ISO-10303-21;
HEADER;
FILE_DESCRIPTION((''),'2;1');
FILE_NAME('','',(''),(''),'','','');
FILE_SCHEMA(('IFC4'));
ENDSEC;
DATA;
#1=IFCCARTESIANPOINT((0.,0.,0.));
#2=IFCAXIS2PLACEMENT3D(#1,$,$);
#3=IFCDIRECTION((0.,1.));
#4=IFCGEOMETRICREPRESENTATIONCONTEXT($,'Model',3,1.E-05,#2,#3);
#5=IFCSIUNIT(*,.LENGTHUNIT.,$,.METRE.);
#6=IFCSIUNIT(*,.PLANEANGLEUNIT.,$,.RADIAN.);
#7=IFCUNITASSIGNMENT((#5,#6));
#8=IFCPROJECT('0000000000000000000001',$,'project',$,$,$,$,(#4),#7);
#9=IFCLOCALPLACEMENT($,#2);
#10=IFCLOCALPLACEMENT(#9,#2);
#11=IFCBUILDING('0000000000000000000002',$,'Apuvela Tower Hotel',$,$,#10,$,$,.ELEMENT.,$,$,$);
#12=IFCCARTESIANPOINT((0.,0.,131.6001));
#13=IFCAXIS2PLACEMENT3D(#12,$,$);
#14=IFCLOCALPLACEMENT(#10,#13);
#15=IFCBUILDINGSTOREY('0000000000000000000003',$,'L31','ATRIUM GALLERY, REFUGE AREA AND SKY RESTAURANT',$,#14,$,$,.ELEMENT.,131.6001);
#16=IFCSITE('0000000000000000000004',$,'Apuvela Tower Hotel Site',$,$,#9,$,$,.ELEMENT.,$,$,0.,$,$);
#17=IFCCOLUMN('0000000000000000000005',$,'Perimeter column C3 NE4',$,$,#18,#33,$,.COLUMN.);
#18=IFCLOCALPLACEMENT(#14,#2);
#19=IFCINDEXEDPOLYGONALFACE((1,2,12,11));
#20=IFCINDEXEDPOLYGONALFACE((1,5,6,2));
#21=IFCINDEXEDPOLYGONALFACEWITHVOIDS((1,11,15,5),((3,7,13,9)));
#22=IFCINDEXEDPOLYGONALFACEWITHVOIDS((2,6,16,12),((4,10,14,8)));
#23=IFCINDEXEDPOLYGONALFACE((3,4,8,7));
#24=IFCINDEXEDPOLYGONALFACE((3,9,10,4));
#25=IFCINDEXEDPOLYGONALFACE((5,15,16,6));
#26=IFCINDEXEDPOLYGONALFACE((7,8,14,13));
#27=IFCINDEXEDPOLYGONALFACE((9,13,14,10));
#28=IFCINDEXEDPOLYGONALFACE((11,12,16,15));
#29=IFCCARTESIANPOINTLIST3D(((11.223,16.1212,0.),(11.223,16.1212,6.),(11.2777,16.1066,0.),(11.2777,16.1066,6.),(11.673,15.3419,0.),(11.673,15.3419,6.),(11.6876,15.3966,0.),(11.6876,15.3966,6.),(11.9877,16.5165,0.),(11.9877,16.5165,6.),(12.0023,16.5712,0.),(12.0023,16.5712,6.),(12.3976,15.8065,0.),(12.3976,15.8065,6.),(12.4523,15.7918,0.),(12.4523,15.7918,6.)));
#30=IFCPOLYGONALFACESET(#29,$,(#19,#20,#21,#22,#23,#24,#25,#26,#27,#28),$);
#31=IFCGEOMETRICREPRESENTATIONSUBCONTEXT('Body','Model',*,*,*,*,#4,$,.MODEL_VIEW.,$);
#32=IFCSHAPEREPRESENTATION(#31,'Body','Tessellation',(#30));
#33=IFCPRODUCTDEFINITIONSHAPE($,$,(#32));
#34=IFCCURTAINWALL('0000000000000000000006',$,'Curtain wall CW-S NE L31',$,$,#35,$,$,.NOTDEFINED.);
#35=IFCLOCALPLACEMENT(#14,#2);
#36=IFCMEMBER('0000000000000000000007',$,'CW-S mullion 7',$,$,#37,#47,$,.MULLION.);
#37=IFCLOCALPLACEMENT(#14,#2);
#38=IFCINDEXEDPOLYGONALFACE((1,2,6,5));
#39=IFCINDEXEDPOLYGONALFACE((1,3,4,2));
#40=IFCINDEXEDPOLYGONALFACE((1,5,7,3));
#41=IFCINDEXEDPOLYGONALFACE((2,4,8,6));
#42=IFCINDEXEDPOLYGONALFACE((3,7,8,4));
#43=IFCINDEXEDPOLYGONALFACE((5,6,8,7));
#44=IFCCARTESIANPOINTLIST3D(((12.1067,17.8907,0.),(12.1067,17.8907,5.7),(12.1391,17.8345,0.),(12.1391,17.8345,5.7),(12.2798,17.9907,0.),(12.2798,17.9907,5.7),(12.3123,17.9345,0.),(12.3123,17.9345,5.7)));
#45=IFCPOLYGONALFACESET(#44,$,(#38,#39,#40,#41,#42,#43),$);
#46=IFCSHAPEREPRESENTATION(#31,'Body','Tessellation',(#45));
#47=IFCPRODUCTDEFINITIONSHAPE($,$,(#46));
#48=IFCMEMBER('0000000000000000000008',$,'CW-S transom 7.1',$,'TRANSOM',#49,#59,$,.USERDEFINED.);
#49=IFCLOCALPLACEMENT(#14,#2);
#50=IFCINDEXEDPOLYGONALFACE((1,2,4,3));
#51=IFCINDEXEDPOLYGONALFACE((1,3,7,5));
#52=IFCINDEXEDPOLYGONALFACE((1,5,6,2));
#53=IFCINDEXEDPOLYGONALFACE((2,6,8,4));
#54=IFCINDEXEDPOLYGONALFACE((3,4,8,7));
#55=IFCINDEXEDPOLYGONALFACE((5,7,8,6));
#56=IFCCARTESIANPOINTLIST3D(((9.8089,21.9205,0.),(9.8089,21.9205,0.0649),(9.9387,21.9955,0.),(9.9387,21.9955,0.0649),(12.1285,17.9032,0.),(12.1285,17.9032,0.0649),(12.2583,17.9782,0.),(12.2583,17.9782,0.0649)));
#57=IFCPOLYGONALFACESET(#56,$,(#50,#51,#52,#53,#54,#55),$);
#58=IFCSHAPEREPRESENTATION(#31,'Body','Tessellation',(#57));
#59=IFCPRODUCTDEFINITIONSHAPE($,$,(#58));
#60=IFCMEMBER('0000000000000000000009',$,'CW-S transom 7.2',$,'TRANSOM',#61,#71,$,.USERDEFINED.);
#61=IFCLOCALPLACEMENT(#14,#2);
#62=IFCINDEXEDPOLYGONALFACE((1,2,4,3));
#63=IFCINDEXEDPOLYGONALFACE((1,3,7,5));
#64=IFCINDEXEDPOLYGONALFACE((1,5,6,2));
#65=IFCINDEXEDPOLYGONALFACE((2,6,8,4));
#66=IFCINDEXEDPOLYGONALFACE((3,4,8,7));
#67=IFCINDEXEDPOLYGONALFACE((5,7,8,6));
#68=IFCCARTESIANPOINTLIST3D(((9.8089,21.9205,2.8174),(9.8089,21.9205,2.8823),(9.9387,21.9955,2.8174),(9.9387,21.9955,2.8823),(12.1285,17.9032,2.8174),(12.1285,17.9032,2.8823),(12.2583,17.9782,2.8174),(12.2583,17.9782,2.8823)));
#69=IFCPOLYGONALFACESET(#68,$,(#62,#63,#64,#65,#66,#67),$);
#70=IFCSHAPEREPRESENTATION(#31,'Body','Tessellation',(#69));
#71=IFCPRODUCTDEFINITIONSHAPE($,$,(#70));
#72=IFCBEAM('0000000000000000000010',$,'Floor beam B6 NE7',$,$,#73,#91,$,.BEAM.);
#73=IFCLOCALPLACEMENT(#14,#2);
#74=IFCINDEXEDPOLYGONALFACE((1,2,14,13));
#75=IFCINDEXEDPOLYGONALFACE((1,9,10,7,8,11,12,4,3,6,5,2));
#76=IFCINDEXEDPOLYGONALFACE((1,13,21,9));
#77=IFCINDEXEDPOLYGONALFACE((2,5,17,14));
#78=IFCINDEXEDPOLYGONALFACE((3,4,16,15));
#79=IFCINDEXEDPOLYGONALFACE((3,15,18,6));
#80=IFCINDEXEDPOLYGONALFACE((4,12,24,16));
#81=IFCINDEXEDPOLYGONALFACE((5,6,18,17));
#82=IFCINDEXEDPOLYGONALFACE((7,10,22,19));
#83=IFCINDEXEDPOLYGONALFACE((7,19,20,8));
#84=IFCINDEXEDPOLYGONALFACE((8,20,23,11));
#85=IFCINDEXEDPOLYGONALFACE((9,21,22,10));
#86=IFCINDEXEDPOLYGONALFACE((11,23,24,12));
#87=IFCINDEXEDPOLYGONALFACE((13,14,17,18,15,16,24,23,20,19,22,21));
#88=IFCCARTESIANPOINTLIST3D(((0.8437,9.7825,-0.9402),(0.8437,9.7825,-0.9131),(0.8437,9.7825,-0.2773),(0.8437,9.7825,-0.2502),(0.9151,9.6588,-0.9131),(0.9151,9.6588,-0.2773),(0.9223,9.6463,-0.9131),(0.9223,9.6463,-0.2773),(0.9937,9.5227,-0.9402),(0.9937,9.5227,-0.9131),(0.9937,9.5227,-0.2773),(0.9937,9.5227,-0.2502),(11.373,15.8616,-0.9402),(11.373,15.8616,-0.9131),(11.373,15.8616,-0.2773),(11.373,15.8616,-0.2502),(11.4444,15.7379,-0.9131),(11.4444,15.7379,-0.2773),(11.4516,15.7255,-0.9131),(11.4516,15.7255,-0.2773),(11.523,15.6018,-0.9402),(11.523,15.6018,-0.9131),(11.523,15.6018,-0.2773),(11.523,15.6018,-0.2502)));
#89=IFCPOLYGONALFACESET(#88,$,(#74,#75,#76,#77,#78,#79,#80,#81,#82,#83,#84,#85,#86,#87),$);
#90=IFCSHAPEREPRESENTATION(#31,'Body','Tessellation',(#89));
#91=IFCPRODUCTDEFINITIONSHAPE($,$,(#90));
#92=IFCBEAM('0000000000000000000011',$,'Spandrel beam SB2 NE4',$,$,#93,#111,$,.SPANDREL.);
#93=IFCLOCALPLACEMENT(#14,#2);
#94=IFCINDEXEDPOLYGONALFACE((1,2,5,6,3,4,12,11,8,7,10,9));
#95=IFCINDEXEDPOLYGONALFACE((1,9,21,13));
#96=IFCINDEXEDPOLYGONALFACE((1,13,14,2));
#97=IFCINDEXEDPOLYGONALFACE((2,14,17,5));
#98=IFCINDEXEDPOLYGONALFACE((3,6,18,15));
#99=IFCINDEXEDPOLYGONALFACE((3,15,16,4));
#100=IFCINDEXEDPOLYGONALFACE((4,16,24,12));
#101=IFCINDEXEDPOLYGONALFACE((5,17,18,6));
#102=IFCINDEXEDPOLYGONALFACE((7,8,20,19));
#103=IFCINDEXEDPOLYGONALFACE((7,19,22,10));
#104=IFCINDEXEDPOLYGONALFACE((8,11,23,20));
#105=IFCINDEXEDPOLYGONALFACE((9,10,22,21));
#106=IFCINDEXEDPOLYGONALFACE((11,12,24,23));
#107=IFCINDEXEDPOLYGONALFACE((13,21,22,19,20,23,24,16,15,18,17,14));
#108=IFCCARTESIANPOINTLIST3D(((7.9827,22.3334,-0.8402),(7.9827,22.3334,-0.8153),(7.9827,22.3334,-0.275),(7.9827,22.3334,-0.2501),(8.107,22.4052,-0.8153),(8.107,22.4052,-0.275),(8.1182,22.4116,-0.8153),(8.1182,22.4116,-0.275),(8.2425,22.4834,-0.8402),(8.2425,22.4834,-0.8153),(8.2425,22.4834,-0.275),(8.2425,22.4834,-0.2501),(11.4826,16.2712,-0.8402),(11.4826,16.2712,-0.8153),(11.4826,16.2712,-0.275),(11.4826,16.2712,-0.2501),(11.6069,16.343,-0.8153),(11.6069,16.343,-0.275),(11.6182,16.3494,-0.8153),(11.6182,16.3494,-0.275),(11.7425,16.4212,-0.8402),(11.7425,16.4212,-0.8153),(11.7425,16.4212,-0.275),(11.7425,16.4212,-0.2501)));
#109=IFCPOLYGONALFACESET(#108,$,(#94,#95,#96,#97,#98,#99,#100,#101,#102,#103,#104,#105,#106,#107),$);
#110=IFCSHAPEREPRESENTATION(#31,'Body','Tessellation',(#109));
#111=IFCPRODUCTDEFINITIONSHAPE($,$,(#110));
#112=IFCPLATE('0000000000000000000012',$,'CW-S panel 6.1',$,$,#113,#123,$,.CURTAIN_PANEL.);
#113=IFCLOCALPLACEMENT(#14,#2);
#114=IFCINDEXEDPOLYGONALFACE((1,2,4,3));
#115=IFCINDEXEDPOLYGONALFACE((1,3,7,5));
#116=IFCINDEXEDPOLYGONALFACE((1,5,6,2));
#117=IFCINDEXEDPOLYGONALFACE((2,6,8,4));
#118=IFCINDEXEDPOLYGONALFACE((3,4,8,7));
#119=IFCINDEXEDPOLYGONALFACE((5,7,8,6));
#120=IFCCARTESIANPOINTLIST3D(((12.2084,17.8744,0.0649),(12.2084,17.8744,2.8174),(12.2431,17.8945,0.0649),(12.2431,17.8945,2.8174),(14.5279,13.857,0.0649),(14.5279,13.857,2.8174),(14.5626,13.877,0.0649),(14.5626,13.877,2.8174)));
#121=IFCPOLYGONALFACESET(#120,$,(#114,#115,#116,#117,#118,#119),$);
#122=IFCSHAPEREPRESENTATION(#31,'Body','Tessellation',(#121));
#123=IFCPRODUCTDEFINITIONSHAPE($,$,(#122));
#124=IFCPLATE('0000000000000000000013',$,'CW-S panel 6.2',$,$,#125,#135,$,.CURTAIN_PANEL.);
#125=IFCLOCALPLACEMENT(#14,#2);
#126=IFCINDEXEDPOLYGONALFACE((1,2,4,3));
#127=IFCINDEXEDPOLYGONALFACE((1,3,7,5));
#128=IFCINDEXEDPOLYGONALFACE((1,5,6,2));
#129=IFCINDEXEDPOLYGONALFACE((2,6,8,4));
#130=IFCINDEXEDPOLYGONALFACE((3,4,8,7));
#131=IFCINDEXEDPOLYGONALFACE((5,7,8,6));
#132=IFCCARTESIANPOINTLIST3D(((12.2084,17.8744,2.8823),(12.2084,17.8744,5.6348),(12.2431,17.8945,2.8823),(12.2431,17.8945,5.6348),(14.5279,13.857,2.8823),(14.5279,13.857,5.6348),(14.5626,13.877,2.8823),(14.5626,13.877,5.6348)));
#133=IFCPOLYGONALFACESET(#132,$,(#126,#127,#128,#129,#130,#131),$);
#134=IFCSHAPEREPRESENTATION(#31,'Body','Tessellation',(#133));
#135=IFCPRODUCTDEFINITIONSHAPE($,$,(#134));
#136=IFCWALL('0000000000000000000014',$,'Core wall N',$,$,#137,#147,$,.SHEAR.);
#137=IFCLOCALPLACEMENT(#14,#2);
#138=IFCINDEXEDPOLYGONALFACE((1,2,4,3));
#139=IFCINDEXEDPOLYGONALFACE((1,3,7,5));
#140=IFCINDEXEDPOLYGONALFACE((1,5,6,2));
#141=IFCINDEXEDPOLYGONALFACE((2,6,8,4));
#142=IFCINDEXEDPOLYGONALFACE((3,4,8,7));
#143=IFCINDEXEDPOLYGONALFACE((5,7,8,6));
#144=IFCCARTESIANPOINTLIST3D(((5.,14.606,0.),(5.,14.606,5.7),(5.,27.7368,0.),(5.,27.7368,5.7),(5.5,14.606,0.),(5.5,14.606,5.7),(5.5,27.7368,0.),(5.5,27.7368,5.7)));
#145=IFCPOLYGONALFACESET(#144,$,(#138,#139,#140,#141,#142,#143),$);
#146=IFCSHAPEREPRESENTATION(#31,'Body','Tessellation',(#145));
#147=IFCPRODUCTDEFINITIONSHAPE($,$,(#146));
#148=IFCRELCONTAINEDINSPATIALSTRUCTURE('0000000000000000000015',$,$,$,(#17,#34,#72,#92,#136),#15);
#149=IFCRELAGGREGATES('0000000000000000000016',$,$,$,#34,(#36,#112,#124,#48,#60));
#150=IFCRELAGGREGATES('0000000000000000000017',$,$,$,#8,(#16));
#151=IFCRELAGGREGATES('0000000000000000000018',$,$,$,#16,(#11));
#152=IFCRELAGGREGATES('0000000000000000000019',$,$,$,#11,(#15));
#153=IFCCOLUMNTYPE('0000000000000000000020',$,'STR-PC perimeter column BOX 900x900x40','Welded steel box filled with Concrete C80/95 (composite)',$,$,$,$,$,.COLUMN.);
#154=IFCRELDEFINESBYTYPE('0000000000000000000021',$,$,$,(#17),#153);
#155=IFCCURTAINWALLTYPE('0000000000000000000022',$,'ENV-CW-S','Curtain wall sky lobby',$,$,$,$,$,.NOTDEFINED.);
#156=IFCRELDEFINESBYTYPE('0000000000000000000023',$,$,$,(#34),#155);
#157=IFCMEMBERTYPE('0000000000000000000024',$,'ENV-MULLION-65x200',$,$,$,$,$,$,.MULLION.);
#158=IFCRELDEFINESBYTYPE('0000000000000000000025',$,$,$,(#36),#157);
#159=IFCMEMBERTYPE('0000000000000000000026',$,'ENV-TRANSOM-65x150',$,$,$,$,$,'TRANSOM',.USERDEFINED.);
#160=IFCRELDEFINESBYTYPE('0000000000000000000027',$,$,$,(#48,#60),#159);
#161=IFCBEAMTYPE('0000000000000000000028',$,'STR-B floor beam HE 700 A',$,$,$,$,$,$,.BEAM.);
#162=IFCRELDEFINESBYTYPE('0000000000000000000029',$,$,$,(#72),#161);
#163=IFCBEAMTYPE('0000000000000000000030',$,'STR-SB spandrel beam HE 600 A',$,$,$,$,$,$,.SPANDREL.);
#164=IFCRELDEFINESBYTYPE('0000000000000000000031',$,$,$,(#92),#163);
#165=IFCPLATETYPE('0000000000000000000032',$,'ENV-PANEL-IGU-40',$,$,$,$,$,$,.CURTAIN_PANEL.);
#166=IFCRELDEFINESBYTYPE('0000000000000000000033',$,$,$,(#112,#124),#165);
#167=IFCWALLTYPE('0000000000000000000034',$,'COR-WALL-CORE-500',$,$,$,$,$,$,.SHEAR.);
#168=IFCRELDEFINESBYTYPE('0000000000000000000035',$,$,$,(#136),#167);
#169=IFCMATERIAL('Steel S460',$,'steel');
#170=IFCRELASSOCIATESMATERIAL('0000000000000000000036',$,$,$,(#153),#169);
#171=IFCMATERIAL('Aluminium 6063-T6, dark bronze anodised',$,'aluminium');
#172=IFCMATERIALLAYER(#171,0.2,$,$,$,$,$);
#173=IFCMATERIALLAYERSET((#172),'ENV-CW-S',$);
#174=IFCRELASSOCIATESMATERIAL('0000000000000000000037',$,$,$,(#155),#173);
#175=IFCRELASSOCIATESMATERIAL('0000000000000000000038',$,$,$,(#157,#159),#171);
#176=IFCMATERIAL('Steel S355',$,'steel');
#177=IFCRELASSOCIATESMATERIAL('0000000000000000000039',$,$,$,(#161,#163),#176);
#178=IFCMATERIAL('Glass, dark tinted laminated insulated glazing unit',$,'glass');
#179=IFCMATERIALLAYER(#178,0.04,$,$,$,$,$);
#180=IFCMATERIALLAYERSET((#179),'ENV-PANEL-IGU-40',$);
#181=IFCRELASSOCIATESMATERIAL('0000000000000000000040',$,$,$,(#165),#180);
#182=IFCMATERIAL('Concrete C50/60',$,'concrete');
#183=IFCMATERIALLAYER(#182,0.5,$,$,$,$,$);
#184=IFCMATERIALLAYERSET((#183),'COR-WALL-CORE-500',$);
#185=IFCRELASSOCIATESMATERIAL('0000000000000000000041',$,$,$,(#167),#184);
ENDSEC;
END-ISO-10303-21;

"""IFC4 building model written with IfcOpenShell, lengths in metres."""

from ifc_helpers import new_model, si_unit, direction, frame, frame_2d, origin, origin_2d, place, context, subcontext, project, spatial, rectangle, hollow_rectangle, i_section, extrude, material, layer, layer_set, material_profile, profile_set, type_object, element, aggregate, save


model = new_model("IFC4")

# Units and contexts
model_context = context("Model", 3, precision=1e-05, world=origin(), true_north=direction((0.0, 1.0)))
body_context = subcontext(model_context, "Body", "Model", "MODEL_VIEW")
ifc_project = project(units=[si_unit("LENGTHUNIT", "METRE"), si_unit("PLANEANGLEUNIT", "RADIAN")], contexts=[model_context])

# Site, building, storey
site_placement = place(None, origin())
site = spatial("IfcSite", under=ifc_project, at=site_placement, Name="Apuvela Tower Hotel Site", CompositionType="ELEMENT", RefElevation=0.0)
building_placement = place(site_placement, origin())
building = spatial("IfcBuilding", under=site, at=building_placement, Name="Apuvela Tower Hotel", CompositionType="ELEMENT")
storey_placement = place(building_placement, frame((0.0, 0.0, 131.6001)))
storey = spatial("IfcBuildingStorey", under=building, at=storey_placement, Name="L31", Description="ATRIUM GALLERY, REFUGE AREA AND SKY RESTAURANT", CompositionType="ELEMENT", Elevation=131.6001)

# Column
ifc_material_1 = material(Name="Steel S460", Category="steel")
ifc_material_profile_1 = material_profile(ifc_material_1, hollow_rectangle(XDim=0.8999, YDim=0.8999, WallThickness=0.04, at=origin_2d()), Name="BOX 900x900x40")
ifc_material_2 = material(Name="Concrete C80/95", Category="concrete")
ifc_material_profile_2 = material_profile(ifc_material_2, rectangle(XDim=0.8201, YDim=0.8201, at=origin_2d()), Name="Concrete C80/95 infill")
ifc_profile_set_1 = profile_set([ifc_material_profile_1, ifc_material_profile_2], Name="Steel S460")
column_type = type_object("IfcColumnType", Name="STR-PC perimeter column BOX 900x900x40", Description="Welded steel box filled with Concrete C80/95 (composite)", PredefinedType="COLUMN", material=ifc_profile_set_1)
column_placement = place(storey_placement, frame((11.8376, 15.9565, 0.0), z_axis=(0.0, 0.0, 1.0), x_axis=(-0.5, 0.866025, 0.0)))
element("IfcColumn", 1, at=column_placement, inside=storey, type_object=column_type, Name="Perimeter column C3 NE4", PredefinedType="COLUMN", context=body_context, shape_type="SweptSolid", body=[
    extrude(hollow_rectangle(XDim=0.8999, YDim=0.8999, WallThickness=0.04, at=origin_2d()), origin(), (0.0, 0.0, 1.0), 6.0),
])

# Curtain wall, members
ifc_material_3 = material(Name="Aluminium 6063-T6, dark bronze anodised", Category="aluminium")
ifc_layer_1 = layer(ifc_material_3, 0.2)
ifc_layer_set_1 = layer_set([ifc_layer_1], Name="ENV-CW-S")
curtain_wall_type = type_object("IfcCurtainWallType", Name="ENV-CW-S", Description="Curtain wall sky lobby", PredefinedType="NOTDEFINED", material=ifc_layer_set_1)
curtain_wall_placement = place(storey_placement, origin())
curtain_wall = element("IfcCurtainWall", 2, at=curtain_wall_placement, inside=storey, type_object=curtain_wall_type, Name="Curtain wall CW-S NE L31", PredefinedType="NOTDEFINED")
ifc_material_profile_3 = material_profile(ifc_material_3, rectangle(XDim=0.2, YDim=0.0649, at=origin_2d()), Name="AL 65x200")
ifc_profile_set_2 = profile_set([ifc_material_profile_3], Name="Aluminium 6063-T6, dark bronze anodised")
member_type_1 = type_object("IfcMemberType", Name="ENV-MULLION-65x200", PredefinedType="MULLION", material=ifc_profile_set_2)
member_1_placement = place(storey_placement, frame((12.2095, 17.9126, 0.0), z_axis=(0.0, 0.0, 1.0), x_axis=(-0.866026, -0.499999, 0.0)))
member_1 = element("IfcMember", 3, at=member_1_placement, type_object=member_type_1, Name="CW-S mullion 7", PredefinedType="MULLION", context=body_context, shape_type="SweptSolid", body=[
    extrude(rectangle(XDim=0.2, YDim=0.0649, at=origin_2d()), origin(), (0.0, 0.0, 1.0), 5.7),
])
ifc_material_profile_4 = material_profile(ifc_material_3, rectangle(XDim=0.1499, YDim=0.0649, at=origin_2d()), Name="AL 65x150 transom")
ifc_profile_set_3 = profile_set([ifc_material_profile_4], Name="Aluminium 6063-T6, dark bronze anodised")
member_type_2 = type_object("IfcMemberType", Name="ENV-TRANSOM-65x150", ElementType="TRANSOM", PredefinedType="USERDEFINED", material=ifc_profile_set_3)
member_2_placement = place(storey_placement, frame((12.1934, 17.9407, 0.0325), z_axis=(-0.500028, 0.866009, 0.0), x_axis=(-0.866009, -0.500028, 0.0)))
member_2 = element("IfcMember", 4, at=member_2_placement, type_object=member_type_2, Name="CW-S transom 7.1", ObjectType="TRANSOM", PredefinedType="USERDEFINED", context=body_context, shape_type="SweptSolid", body=[
    extrude(rectangle(XDim=0.1499, YDim=0.0649, at=origin_2d()), origin(), (0.0, 0.0, 1.0), 4.6389),
])
member_3_placement = place(storey_placement, frame((12.1934, 17.9407, 2.8499), z_axis=(-0.500028, 0.866009, 0.0), x_axis=(-0.866009, -0.500028, 0.0)))
member_3 = element("IfcMember", 5, at=member_3_placement, type_object=member_type_2, Name="CW-S transom 7.2", ObjectType="TRANSOM", PredefinedType="USERDEFINED", context=body_context, shape_type="SweptSolid", body=[
    extrude(rectangle(XDim=0.1499, YDim=0.0649, at=origin_2d()), origin(), (0.0, 0.0, 1.0), 4.6389),
])

# Beams
ifc_material_4 = material(Name="Steel S355", Category="steel")
ifc_material_profile_5 = material_profile(ifc_material_4, i_section(OverallWidth=0.3, OverallDepth=0.6899, WebThickness=0.0144, FlangeThickness=0.0271, at=origin_2d()), Name="HE 700 A")
ifc_profile_set_4 = profile_set([ifc_material_profile_5], Name="Steel S355")
beam_type_1 = type_object("IfcBeamType", Name="STR-B floor beam HE 700 A", PredefinedType="BEAM", material=ifc_profile_set_4)
beam_1_placement = place(storey_placement, frame((11.448, 15.7317, -0.5952), z_axis=(-0.866025, -0.500001, 0.0), x_axis=(0.500001, -0.866025, 0.0)))
element("IfcBeam", 6, at=beam_1_placement, inside=storey, type_object=beam_type_1, Name="Floor beam B6 NE7", PredefinedType="BEAM", context=body_context, shape_type="SweptSolid", body=[
    extrude(i_section(OverallWidth=0.3, OverallDepth=0.6899, WebThickness=0.0144, FlangeThickness=0.0271, at=origin_2d()), origin(), (0.0, 0.0, 1.0), 12.1582),
])
ifc_material_profile_6 = material_profile(ifc_material_4, i_section(OverallWidth=0.3, OverallDepth=0.5901, WebThickness=0.0129, FlangeThickness=0.0249, at=origin_2d()), Name="HE 600 A")
ifc_profile_set_5 = profile_set([ifc_material_profile_6], Name="Steel S355")
beam_type_2 = type_object("IfcBeamType", Name="STR-SB spandrel beam HE 600 A", PredefinedType="SPANDREL", material=ifc_profile_set_5)
beam_2_placement = place(storey_placement, frame((11.6125, 16.3462, -0.5452), z_axis=(-0.499995, 0.866028, 0.0), x_axis=(-0.866028, -0.499995, 0.0)))
element("IfcBeam", 7, at=beam_2_placement, inside=storey, type_object=beam_type_2, Name="Spandrel beam SB2 NE4", PredefinedType="SPANDREL", context=body_context, shape_type="SweptSolid", body=[
    extrude(i_section(OverallWidth=0.3, OverallDepth=0.5901, WebThickness=0.0129, FlangeThickness=0.0249, at=origin_2d()), origin(), (0.0, 0.0, 1.0), 7.0),
])

# Plates
ifc_material_5 = material(Name="Glass, dark tinted laminated insulated glazing unit", Category="glass")
ifc_layer_2 = layer(ifc_material_5, 0.04)
ifc_layer_set_2 = layer_set([ifc_layer_2], Name="ENV-PANEL-IGU-40")
plate_type = type_object("IfcPlateType", Name="ENV-PANEL-IGU-40", PredefinedType="CURTAIN_PANEL", material=ifc_layer_set_2)
plate_1_placement = place(storey_placement, frame((13.3855, 15.8757, 0.0649), z_axis=(0.0, 0.0, 1.0), x_axis=(-0.499999, 0.866026, 0.0)))
plate_1 = element("IfcPlate", 8, at=plate_1_placement, type_object=plate_type, Name="CW-S panel 6.1", PredefinedType="CURTAIN_PANEL", context=body_context, shape_type="SweptSolid", body=[
    extrude(rectangle(XDim=4.6389, YDim=0.04, at=origin_2d()), origin(), (0.0, 0.0, 1.0), 2.7524),
])
plate_2_placement = place(storey_placement, frame((13.3855, 15.8757, 2.8823), z_axis=(0.0, 0.0, 1.0), x_axis=(-0.499999, 0.866026, 0.0)))
plate_2 = element("IfcPlate", 9, at=plate_2_placement, type_object=plate_type, Name="CW-S panel 6.2", PredefinedType="CURTAIN_PANEL", context=body_context, shape_type="SweptSolid", body=[
    extrude(rectangle(XDim=4.6389, YDim=0.04, at=origin_2d()), origin(), (0.0, 0.0, 1.0), 2.7524),
])
aggregate(curtain_wall, [member_1, plate_1, plate_2, member_2, member_3])

# Wall
ifc_material_6 = material(Name="Concrete C50/60", Category="concrete")
ifc_layer_3 = layer(ifc_material_6, 0.5)
ifc_layer_set_3 = layer_set([ifc_layer_3], Name="COR-WALL-CORE-500")
wall_type_1 = type_object("IfcWallType", Name="COR-WALL-CORE-500", PredefinedType="SHEAR", material=ifc_layer_set_3)
wall_1_placement = place(storey_placement, frame((5.25, 14.606, 0.0), z_axis=(0.0, 0.0, 1.0), x_axis=(0.0, 1.0, 0.0)))
element("IfcWall", 10, at=wall_1_placement, inside=storey, type_object=wall_type_1, Name="Core wall N", PredefinedType="SHEAR", context=body_context, shape_type="SweptSolid", body=[
    extrude(rectangle(XDim=13.1309, YDim=0.5, at=frame_2d((6.5654, 0.0))), origin(), (0.0, 0.0, 1.0), 5.7),
])

save(model, "model.ifc")
